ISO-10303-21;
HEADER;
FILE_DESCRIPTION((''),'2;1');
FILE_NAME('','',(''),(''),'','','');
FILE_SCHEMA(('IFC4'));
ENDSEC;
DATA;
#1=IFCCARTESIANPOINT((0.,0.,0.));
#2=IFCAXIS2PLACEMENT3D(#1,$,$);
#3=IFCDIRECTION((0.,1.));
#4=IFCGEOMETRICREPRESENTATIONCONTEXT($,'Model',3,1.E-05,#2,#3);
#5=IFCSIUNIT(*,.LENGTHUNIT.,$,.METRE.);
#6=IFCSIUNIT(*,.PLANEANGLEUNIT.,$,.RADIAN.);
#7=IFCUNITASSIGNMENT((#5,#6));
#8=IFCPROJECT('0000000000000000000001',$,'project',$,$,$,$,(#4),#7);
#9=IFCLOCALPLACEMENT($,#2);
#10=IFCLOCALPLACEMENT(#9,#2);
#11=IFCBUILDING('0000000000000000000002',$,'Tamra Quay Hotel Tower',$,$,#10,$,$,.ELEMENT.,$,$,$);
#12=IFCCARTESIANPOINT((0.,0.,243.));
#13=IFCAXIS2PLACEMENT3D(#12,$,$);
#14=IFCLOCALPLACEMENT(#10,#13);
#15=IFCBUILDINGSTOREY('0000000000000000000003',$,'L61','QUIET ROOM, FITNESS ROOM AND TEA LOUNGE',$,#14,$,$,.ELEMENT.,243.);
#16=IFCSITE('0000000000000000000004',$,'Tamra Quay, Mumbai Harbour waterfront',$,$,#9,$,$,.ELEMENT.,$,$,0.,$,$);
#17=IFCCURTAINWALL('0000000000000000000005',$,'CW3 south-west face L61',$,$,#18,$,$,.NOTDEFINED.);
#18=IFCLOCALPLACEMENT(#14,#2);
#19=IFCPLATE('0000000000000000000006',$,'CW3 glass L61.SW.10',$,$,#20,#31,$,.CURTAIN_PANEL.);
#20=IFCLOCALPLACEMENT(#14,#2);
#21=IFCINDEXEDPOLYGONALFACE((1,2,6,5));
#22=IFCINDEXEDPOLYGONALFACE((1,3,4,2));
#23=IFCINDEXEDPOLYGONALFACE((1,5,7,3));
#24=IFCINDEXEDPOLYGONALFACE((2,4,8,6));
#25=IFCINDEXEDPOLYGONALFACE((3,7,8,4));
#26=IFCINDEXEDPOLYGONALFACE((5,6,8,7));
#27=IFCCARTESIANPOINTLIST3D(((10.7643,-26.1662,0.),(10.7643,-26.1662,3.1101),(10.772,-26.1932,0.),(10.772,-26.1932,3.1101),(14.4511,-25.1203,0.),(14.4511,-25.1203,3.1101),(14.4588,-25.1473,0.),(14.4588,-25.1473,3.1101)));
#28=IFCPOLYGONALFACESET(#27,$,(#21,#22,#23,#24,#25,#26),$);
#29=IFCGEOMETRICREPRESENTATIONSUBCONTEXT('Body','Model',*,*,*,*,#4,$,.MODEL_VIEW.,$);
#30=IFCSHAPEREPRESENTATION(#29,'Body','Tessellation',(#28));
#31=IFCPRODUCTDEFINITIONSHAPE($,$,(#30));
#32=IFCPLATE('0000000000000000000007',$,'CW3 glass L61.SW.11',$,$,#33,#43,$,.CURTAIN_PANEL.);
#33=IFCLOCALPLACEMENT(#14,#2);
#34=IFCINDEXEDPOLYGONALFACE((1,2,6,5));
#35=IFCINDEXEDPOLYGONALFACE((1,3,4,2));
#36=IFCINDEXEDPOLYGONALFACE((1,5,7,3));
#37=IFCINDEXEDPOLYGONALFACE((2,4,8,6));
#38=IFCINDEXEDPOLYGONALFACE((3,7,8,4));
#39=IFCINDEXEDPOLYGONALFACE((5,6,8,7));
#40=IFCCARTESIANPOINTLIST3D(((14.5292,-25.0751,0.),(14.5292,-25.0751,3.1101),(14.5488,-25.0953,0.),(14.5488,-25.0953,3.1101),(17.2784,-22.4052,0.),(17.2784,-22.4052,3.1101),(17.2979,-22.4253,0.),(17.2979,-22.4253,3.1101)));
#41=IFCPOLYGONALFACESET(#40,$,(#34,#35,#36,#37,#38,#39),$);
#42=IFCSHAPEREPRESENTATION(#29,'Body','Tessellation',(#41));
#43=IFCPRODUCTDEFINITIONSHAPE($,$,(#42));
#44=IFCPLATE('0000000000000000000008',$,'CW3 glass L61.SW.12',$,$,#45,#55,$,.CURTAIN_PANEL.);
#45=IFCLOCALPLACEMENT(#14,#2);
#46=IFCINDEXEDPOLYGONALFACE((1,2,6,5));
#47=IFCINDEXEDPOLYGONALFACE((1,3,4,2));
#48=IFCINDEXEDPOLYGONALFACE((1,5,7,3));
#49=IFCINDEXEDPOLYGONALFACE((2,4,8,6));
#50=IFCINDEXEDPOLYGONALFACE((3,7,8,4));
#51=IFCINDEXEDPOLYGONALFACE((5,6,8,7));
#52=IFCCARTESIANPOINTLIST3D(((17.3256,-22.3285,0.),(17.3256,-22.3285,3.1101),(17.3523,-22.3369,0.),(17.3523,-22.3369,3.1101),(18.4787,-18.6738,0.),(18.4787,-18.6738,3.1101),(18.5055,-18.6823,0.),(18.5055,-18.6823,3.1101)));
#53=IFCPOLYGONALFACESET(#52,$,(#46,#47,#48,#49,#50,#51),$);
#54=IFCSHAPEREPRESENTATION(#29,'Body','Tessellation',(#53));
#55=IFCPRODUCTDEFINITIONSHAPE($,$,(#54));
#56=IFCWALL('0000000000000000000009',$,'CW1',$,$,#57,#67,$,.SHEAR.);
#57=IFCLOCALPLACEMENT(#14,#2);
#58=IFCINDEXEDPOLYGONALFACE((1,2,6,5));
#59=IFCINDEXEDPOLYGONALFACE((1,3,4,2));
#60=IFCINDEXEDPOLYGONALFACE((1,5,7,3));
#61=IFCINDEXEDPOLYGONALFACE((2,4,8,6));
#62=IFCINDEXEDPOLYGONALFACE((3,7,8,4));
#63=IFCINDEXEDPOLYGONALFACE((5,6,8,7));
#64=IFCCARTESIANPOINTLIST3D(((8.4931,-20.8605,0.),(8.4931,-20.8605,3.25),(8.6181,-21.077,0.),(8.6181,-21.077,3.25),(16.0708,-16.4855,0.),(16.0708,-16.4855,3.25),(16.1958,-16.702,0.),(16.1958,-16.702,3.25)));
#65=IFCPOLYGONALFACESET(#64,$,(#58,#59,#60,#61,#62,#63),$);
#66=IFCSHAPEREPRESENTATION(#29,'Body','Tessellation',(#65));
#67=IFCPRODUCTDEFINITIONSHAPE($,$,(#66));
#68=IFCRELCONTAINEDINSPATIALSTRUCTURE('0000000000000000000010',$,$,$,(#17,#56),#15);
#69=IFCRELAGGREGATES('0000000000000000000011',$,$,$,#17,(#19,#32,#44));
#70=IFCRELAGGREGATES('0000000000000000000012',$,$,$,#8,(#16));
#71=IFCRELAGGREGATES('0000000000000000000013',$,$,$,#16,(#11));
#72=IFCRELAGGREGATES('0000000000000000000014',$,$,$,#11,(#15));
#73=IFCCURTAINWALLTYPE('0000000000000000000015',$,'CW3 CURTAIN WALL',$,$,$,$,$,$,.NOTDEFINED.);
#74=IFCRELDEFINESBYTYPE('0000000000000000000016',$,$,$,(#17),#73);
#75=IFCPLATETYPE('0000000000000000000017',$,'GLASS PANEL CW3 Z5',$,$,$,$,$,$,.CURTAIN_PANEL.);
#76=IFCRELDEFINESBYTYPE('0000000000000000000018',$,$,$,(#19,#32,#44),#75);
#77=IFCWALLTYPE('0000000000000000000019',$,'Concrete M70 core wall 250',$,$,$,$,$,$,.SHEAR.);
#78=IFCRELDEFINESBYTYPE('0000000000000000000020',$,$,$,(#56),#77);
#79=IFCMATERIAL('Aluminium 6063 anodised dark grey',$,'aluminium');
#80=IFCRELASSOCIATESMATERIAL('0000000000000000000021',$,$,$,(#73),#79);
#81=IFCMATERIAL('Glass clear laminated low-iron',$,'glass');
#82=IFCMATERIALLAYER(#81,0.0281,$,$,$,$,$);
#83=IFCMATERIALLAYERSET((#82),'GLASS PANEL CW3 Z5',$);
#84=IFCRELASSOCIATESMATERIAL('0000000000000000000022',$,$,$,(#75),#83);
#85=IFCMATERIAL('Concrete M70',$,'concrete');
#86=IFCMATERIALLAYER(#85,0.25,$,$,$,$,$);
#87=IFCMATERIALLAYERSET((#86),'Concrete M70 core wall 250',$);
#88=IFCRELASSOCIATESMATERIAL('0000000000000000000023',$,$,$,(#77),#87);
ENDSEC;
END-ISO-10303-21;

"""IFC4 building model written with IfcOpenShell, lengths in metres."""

from ifc_helpers import new_model, si_unit, direction, frame, frame_2d, origin, origin_2d, place, context, subcontext, project, spatial, rectangle, extrude, material, layer, layer_set, type_object, element, aggregate, save


model = new_model("IFC4")

# Units and contexts
model_context = context("Model", 3, precision=1e-05, world=origin(), true_north=direction((0.0, 1.0)))
body_context = subcontext(model_context, "Body", "Model", "MODEL_VIEW")
ifc_project = project(units=[si_unit("LENGTHUNIT", "METRE"), si_unit("PLANEANGLEUNIT", "RADIAN")], contexts=[model_context])

# Site, building, storey
site_placement = place(None, origin())
site = spatial("IfcSite", under=ifc_project, at=site_placement, Name="Tamra Quay, Mumbai Harbour waterfront", CompositionType="ELEMENT", RefElevation=0.0)
building_placement = place(site_placement, origin())
building = spatial("IfcBuilding", under=site, at=building_placement, Name="Tamra Quay Hotel Tower", CompositionType="ELEMENT")
storey_placement = place(building_placement, frame((0.0, 0.0, 243.0)))
storey = spatial("IfcBuildingStorey", under=building, at=storey_placement, Name="L61", Description="QUIET ROOM, FITNESS ROOM AND TEA LOUNGE", CompositionType="ELEMENT", Elevation=243.0)

# Shared definitions
ifc_material_1 = material(Name="Concrete M70", Category="concrete")

# Shared definitions
ifc_material_2 = material(Name="Aluminium 6063 anodised dark grey", Category="aluminium")

# Curtain wall
curtain_wall_type_1 = type_object("IfcCurtainWallType", Name="CW3 CURTAIN WALL", PredefinedType="NOTDEFINED", material=ifc_material_2)
curtain_wall_1_placement = place(storey_placement, origin())
curtain_wall_1 = element("IfcCurtainWall", 1, at=curtain_wall_1_placement, inside=storey, type_object=curtain_wall_type_1, Name="CW3 south-west face L61", PredefinedType="NOTDEFINED")

# Plates
ifc_material_3 = material(Name="Glass clear laminated low-iron", Category="glass")
ifc_layer_1 = layer(ifc_material_3, 0.0281)
ifc_layer_set_1 = layer_set([ifc_layer_1], Name="GLASS PANEL CW3 Z5")
plate_type_1 = type_object("IfcPlateType", Name="GLASS PANEL CW3 Z5", PredefinedType="CURTAIN_PANEL", material=ifc_layer_set_1)
plate_1_placement = place(storey_placement, frame((12.6116, -25.6567, 0.0), z_axis=(0.0, 0.0, 1.0), x_axis=(0.962041, 0.272906, 0.0)))
plate_1 = element("IfcPlate", 2, at=plate_1_placement, type_object=plate_type_1, Name="CW3 glass L61.SW.10", PredefinedType="CURTAIN_PANEL", context=body_context, shape_type="SweptSolid", body=[
    extrude(rectangle(XDim=3.8323, YDim=0.0281, at=origin_2d()), origin(), (0.0, 0.0, 1.0), 3.1101),
])
plate_2_placement = place(storey_placement, frame((15.9136, -23.7502, 0.0), z_axis=(0.0, 0.0, 1.0), x_axis=(0.717364, 0.696698, 0.0)))
plate_2 = element("IfcPlate", 3, at=plate_2_placement, type_object=plate_type_1, Name="CW3 glass L61.SW.11", PredefinedType="CURTAIN_PANEL", context=body_context, shape_type="SweptSolid", body=[
    extrude(rectangle(XDim=3.8323, YDim=0.0281, at=origin_2d()), origin(), (0.0, 0.0, 1.0), 3.1101),
])
plate_3_placement = place(storey_placement, frame((17.9155, -20.5054, 0.0), z_axis=(0.0, 0.0, 1.0), x_axis=(0.300903, 0.953655, 0.0)))
plate_3 = element("IfcPlate", 4, at=plate_3_placement, type_object=plate_type_1, Name="CW3 glass L61.SW.12", PredefinedType="CURTAIN_PANEL", context=body_context, shape_type="SweptSolid", body=[
    extrude(rectangle(XDim=3.8323, YDim=0.0281, at=origin_2d()), origin(), (0.0, 0.0, 1.0), 3.1101),
])
aggregate(curtain_wall_1, [plate_1, plate_2, plate_3])

# Wall
ifc_layer_2 = layer(ifc_material_1, 0.25)
ifc_layer_set_2 = layer_set([ifc_layer_2], Name="Concrete M70 core wall 250")
wall_type = type_object("IfcWallType", Name="Concrete M70 core wall 250", PredefinedType="SHEAR", material=ifc_layer_set_2)
wall_placement = place(storey_placement, frame((16.1333, -16.5938, 0.0), z_axis=(0.0, 0.0, 1.0), x_axis=(-0.866023, -0.500004, 0.0)))
element("IfcWall", 5, at=wall_placement, inside=storey, type_object=wall_type, Name="CW1", PredefinedType="SHEAR", context=body_context, shape_type="SweptSolid", body=[
    extrude(rectangle(XDim=8.75, YDim=0.25, at=frame_2d((4.375, 0.0))), origin(), (0.0, 0.0, 1.0), 3.25),
])

save(model, "model.ifc")
